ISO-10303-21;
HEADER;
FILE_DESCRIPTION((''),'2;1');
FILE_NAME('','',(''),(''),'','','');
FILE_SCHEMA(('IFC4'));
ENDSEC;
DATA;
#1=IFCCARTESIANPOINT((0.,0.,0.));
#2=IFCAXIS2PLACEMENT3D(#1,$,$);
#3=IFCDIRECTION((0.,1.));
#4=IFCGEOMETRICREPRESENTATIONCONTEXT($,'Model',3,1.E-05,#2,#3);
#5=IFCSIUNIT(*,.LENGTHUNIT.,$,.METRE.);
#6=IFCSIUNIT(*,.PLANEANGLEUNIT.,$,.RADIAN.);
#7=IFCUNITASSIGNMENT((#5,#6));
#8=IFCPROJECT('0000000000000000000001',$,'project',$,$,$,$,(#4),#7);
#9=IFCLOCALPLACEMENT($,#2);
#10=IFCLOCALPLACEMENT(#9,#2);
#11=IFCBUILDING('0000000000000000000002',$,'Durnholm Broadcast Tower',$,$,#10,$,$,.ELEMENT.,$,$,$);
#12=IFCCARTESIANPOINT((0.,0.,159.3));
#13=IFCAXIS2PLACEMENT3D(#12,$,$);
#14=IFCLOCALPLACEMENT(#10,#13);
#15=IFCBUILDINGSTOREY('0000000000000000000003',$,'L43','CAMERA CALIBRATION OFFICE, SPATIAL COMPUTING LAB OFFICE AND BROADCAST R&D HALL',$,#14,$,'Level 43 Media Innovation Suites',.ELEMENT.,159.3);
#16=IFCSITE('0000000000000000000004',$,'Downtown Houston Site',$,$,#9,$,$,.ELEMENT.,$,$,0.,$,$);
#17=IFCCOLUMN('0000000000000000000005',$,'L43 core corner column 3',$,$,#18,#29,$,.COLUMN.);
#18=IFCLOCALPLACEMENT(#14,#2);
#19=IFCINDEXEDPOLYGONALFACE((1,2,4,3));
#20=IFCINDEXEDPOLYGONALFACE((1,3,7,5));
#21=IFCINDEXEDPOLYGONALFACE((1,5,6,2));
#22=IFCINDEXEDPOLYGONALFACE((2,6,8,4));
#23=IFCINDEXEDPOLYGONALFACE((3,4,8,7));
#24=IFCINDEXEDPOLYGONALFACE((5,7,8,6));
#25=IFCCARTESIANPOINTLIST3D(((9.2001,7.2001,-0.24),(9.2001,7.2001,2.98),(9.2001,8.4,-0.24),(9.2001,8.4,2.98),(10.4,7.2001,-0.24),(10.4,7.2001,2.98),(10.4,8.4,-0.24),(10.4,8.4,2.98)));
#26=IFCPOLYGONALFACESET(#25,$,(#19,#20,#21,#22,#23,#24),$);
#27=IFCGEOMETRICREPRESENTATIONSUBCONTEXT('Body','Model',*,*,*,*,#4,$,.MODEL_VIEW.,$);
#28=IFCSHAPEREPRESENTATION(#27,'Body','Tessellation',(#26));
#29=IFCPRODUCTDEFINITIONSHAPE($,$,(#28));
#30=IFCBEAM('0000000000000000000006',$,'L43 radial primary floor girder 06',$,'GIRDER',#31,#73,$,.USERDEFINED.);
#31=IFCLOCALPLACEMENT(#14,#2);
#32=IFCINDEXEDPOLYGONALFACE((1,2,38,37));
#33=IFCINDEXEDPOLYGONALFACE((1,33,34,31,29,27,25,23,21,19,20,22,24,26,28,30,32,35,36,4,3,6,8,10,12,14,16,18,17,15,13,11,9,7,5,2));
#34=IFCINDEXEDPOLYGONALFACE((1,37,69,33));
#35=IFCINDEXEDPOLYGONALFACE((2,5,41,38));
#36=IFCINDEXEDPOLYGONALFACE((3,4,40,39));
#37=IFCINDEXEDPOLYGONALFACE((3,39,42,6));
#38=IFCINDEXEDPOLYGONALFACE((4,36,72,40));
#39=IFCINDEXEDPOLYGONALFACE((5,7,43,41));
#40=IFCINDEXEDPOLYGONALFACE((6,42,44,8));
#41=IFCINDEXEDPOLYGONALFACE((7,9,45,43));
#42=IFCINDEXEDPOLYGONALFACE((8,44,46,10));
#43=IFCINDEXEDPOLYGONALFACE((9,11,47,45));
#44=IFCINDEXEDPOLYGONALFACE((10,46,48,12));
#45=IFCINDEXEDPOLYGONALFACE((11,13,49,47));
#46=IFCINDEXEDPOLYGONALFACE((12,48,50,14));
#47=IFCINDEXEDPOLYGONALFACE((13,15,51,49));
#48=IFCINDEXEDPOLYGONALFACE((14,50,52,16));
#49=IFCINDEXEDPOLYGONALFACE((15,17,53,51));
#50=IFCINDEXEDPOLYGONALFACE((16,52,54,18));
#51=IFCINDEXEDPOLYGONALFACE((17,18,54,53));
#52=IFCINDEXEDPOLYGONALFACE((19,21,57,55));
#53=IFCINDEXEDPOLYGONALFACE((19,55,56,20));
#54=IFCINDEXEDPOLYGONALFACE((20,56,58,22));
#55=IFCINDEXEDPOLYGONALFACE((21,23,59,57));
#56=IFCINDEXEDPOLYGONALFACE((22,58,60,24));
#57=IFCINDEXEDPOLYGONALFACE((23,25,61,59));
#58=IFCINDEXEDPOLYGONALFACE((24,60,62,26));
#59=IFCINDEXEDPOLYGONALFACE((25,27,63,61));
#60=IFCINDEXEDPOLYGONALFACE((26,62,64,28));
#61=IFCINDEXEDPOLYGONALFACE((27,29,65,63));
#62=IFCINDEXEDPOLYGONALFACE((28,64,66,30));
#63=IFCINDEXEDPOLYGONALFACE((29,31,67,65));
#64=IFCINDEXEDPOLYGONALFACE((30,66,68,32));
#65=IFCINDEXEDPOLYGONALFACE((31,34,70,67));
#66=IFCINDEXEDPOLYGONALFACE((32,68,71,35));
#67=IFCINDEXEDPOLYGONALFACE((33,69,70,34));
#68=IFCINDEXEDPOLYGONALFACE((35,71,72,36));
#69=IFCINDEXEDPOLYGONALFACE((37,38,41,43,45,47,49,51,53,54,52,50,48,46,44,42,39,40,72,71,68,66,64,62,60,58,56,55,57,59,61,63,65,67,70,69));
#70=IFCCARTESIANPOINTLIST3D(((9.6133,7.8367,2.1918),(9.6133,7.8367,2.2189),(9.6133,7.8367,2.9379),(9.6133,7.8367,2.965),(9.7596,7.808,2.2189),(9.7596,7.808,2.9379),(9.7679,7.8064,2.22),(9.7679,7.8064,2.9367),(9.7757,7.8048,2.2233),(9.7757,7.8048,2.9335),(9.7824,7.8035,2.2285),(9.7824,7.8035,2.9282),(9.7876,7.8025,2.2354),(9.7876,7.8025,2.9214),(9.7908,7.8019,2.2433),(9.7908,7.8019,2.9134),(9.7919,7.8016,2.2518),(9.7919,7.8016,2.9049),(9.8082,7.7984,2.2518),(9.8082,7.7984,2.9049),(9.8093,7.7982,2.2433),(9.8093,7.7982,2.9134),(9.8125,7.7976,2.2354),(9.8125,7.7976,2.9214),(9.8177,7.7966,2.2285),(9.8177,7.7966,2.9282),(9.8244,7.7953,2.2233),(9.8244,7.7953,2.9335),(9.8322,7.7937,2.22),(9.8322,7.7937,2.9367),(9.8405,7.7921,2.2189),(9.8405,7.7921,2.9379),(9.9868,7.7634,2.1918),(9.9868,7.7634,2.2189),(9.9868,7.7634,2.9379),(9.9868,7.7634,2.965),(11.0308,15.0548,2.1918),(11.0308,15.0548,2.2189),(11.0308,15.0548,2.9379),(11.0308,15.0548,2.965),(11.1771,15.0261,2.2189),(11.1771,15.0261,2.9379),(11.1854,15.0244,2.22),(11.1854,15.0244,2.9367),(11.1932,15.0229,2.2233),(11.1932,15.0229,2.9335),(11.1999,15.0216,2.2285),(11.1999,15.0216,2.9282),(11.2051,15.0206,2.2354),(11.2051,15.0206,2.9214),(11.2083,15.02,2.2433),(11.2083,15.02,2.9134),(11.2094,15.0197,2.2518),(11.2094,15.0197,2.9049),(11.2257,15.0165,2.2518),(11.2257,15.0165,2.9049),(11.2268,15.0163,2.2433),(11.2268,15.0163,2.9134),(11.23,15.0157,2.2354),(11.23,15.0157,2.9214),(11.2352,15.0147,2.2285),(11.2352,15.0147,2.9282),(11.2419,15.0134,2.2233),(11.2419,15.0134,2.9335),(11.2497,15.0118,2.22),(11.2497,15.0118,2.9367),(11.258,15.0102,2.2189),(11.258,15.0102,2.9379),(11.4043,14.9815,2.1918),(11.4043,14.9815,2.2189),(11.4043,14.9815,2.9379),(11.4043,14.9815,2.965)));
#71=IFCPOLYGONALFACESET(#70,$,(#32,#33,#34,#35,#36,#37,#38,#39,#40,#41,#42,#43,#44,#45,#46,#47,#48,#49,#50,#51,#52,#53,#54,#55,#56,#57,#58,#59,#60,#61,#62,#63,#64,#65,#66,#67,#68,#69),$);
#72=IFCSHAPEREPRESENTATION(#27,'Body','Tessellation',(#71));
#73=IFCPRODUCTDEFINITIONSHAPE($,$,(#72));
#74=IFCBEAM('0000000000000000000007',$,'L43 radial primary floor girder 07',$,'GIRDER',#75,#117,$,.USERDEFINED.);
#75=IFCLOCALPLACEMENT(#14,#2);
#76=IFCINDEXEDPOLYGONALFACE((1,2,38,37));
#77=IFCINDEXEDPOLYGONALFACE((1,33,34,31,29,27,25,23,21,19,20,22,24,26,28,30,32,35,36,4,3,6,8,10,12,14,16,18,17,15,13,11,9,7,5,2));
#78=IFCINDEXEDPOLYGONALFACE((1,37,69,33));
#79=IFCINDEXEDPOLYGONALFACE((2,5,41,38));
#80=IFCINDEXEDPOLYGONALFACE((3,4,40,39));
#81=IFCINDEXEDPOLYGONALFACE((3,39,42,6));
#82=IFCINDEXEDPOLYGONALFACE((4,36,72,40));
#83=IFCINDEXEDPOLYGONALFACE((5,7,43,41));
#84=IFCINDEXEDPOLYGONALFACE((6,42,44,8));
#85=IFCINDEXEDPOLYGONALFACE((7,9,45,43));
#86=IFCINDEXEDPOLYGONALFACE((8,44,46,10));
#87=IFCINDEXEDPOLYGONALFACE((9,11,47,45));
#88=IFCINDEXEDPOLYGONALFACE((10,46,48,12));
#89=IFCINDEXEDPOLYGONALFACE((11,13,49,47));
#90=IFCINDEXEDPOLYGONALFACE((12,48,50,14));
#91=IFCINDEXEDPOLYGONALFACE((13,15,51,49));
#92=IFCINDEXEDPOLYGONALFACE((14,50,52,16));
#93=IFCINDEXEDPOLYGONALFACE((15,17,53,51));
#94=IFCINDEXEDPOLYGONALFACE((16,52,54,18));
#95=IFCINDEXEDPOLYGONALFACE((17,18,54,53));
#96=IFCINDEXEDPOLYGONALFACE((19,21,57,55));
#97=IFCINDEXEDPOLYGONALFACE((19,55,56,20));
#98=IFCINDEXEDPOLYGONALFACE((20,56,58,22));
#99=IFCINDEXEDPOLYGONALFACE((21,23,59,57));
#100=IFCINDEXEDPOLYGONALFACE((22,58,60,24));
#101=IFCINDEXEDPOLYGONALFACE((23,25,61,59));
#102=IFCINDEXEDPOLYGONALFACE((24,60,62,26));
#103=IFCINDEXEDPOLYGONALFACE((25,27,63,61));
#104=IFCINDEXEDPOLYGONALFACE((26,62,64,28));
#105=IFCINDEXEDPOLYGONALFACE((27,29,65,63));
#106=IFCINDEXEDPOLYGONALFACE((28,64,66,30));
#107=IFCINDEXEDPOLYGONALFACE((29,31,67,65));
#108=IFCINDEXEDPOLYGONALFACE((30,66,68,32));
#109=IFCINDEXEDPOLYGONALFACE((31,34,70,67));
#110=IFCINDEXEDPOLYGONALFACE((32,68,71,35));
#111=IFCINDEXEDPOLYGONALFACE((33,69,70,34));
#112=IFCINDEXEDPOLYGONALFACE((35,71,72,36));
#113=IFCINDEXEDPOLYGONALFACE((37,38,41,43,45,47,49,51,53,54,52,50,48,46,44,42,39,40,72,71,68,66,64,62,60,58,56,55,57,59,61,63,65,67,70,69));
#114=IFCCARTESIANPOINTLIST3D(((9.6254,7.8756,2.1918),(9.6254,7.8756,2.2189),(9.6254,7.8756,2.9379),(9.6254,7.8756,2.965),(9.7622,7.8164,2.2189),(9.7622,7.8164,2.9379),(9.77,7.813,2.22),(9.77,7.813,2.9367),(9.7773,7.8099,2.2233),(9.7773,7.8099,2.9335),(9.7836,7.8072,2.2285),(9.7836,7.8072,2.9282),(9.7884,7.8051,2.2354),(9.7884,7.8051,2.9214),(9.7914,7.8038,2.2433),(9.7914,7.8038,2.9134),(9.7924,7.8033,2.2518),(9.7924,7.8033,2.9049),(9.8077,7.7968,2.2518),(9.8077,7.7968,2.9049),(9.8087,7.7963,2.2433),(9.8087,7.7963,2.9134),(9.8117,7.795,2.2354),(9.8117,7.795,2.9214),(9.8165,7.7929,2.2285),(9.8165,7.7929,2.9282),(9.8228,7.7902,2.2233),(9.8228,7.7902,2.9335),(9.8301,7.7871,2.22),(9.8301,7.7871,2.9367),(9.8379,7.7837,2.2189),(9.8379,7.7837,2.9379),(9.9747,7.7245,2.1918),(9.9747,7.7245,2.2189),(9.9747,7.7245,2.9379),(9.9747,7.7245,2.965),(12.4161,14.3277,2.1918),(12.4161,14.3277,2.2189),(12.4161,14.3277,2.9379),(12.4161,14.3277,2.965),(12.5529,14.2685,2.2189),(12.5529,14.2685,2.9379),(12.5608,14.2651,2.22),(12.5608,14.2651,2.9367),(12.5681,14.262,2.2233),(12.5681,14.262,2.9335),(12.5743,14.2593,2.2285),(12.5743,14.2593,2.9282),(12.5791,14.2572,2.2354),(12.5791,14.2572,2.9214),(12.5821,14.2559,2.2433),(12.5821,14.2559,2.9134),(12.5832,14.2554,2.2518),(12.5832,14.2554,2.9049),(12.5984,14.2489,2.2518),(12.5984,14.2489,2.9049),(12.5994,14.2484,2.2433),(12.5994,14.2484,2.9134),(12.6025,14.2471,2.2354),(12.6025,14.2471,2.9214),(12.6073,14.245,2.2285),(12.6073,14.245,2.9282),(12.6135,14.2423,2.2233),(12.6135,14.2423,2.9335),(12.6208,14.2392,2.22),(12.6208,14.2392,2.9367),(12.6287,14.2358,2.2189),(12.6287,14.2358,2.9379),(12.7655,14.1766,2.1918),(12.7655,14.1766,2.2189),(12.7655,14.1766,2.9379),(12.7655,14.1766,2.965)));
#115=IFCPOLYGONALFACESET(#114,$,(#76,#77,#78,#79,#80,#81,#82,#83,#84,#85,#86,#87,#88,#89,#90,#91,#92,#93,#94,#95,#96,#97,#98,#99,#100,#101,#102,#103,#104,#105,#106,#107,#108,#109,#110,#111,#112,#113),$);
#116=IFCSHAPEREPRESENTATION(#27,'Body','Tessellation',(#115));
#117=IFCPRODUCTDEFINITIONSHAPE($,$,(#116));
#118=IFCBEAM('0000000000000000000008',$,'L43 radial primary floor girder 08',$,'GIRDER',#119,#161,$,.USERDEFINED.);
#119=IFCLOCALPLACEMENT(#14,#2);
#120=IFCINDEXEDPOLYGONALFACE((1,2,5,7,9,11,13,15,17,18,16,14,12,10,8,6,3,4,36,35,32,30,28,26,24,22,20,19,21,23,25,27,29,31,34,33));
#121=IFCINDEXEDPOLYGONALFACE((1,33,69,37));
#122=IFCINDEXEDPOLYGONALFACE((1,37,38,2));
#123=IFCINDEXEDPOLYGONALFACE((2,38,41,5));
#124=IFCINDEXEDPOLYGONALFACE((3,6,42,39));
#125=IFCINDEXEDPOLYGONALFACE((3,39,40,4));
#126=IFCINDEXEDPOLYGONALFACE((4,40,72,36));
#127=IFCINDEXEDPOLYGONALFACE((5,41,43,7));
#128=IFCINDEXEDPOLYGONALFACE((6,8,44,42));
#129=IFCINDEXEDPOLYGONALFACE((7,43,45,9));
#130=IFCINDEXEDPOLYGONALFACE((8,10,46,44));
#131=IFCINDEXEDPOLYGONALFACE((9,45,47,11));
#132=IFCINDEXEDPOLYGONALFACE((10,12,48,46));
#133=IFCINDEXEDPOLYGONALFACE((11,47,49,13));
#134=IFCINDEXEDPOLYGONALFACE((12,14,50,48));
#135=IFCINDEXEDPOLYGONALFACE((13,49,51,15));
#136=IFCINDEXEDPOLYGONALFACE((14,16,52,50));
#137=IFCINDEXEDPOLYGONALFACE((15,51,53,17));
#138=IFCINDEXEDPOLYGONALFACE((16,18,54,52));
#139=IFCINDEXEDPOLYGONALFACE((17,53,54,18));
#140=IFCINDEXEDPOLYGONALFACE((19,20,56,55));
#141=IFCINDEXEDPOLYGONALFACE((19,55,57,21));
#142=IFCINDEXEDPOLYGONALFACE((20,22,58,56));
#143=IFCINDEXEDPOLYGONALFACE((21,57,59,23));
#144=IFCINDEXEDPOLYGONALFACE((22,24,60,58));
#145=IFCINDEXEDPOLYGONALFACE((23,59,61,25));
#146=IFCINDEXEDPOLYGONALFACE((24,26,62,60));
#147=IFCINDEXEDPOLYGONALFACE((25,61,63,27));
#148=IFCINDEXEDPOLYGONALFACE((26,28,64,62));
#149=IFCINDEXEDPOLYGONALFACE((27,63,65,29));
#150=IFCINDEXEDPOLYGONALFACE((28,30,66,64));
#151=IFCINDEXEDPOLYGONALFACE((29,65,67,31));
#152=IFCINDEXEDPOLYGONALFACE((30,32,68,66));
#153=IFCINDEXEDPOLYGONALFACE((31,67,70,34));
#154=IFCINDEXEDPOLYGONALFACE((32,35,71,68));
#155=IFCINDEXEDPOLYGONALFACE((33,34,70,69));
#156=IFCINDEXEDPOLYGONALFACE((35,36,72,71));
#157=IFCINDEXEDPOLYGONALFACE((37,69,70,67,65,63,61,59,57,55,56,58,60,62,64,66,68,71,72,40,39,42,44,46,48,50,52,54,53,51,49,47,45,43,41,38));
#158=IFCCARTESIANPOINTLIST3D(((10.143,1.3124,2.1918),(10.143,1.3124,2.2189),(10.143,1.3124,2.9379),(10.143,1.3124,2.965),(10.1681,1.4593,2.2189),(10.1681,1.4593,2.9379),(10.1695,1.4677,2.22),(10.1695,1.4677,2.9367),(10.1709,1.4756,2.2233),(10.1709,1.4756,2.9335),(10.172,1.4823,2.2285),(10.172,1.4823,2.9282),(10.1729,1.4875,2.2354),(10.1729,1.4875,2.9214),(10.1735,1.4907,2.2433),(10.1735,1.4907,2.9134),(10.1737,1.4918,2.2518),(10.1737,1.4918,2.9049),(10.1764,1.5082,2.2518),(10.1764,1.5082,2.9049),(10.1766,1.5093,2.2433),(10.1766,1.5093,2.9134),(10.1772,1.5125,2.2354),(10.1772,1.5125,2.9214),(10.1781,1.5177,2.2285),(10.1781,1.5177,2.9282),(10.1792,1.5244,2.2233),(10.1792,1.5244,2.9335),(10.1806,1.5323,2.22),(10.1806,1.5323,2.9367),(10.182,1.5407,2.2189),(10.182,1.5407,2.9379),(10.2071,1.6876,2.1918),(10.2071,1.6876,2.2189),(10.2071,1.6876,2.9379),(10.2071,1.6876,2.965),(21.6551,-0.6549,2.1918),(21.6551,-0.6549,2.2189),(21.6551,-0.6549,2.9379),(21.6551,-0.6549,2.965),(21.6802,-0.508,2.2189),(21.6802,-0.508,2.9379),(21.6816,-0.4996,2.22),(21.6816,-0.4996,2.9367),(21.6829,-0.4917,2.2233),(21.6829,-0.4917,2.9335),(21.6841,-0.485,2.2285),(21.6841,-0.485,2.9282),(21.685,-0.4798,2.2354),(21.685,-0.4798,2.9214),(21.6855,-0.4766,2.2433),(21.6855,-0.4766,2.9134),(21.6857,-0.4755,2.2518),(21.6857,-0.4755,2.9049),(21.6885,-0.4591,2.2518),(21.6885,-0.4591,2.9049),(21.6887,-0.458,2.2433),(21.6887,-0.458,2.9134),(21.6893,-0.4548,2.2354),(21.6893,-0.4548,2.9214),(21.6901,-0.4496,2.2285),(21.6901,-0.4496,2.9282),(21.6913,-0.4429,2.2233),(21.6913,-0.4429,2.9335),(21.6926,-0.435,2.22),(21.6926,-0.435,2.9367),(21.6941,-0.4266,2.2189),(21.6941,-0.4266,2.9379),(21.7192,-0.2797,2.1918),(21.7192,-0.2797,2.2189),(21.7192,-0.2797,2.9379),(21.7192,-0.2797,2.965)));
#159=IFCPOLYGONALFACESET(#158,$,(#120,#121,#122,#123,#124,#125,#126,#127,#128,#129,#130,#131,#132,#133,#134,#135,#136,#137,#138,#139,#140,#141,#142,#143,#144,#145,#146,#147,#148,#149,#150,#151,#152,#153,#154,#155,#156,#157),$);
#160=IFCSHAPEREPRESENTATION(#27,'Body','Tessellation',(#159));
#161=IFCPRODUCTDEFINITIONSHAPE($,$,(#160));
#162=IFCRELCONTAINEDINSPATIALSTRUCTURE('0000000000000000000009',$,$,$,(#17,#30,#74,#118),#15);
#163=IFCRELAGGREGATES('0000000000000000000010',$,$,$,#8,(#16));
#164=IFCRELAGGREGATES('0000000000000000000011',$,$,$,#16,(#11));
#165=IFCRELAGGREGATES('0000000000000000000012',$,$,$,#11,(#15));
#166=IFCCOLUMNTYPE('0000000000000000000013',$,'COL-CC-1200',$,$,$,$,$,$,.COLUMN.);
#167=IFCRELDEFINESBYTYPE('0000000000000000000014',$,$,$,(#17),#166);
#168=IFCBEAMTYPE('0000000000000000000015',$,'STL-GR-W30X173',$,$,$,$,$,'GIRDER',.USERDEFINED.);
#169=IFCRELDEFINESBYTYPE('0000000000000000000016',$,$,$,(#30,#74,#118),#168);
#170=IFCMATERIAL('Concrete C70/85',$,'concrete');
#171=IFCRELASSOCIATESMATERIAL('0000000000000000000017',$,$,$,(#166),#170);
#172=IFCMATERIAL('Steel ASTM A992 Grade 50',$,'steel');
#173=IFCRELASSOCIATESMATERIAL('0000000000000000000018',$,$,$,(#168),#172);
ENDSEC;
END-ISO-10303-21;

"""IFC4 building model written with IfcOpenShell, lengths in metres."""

from ifc_helpers import new_model, si_unit, direction, frame, origin, origin_2d, place, context, subcontext, project, spatial, rectangle, i_section, extrude, source, transform, mapped, material, material_profile, profile_set, type_object, type_shapes, element, save


model = new_model("IFC4")

# Units and contexts
model_context = context("Model", 3, precision=1e-05, world=origin(), true_north=direction((0.0, 1.0)))
body_context = subcontext(model_context, "Body", "Model", "MODEL_VIEW")
ifc_project = project(units=[si_unit("LENGTHUNIT", "METRE"), si_unit("PLANEANGLEUNIT", "RADIAN")], contexts=[model_context])

# Site, building, storey
site_placement = place(None, origin())
site = spatial("IfcSite", under=ifc_project, at=site_placement, Name="Downtown Houston Site", CompositionType="ELEMENT", RefElevation=0.0)
building_placement = place(site_placement, origin())
building = spatial("IfcBuilding", under=site, at=building_placement, Name="Durnholm Broadcast Tower", CompositionType="ELEMENT")
storey_placement = place(building_placement, frame((0.0, 0.0, 159.3)))
storey = spatial("IfcBuildingStorey", under=building, at=storey_placement, Name="L43", Description="CAMERA CALIBRATION OFFICE, SPATIAL COMPUTING LAB OFFICE AND BROADCAST R&D HALL", LongName="Level 43 Media Innovation Suites", CompositionType="ELEMENT", Elevation=159.3)

# Column
ifc_material_1 = material(Name="Concrete C70/85", Category="concrete")
ifc_material_profile_1 = material_profile(ifc_material_1, rectangle(XDim=1.2, YDim=1.2, at=origin_2d()), Name="RC1200X1200")
ifc_profile_set_1 = profile_set([ifc_material_profile_1], Name="Concrete C70/85")
column_type = type_object("IfcColumnType", Name="COL-CC-1200", PredefinedType="COLUMN", material=ifc_profile_set_1)
shared_shape_1 = source(origin(), body_context, "Body", "SweptSolid", [
    extrude(rectangle(XDim=1.2, YDim=1.2, at=origin_2d()), origin(), (0.0, 0.0, 1.0), 3.22),
])
type_shapes(column_type, [shared_shape_1])
column_placement = place(storey_placement, frame((9.8, 7.8, -0.24), z_axis=(0.0, 0.0, 1.0), x_axis=(1.0, 0.0, 0.0)))
element("IfcColumn", 1, at=column_placement, inside=storey, type_object=column_type, Name="L43 core corner column 3", PredefinedType="COLUMN", context=body_context, shape_type="MappedRepresentation", body=[
    mapped(shared_shape_1, transform((0.0, 0.0, 0.0), x_axis=(1.0, 0.0, 0.0), y_axis=(0.0, 1.0, 0.0), z_axis=(0.0, 0.0, 1.0), scale=1.0)),
])

# Beams
ifc_material_2 = material(Name="Steel ASTM A992 Grade 50", Category="steel")
ifc_material_profile_2 = material_profile(ifc_material_2, i_section(OverallWidth=0.3806, OverallDepth=0.7732, WebThickness=0.0166, FlangeThickness=0.0271, FilletRadius=0.033, at=origin_2d()), Name="W30X173")
ifc_profile_set_2 = profile_set([ifc_material_profile_2], Name="Steel ASTM A992 Grade 50")
beam_type = type_object("IfcBeamType", Name="STL-GR-W30X173", ElementType="GIRDER", PredefinedType="USERDEFINED", material=ifc_profile_set_2)
shared_shape_2 = source(origin(), body_context, "Body", "SweptSolid", [
    extrude(i_section(OverallWidth=0.3806, OverallDepth=0.7732, WebThickness=0.0166, FlangeThickness=0.0271, FilletRadius=0.033, at=origin_2d()), origin(), (0.0, 0.0, 1.0), 7.356),
])
beam_1_placement = place(storey_placement, frame((9.8, 7.8, 2.5784), z_axis=(0.1927, 0.981258, 0.0), x_axis=(-0.981258, 0.1927, 0.0)))
element("IfcBeam", 2, at=beam_1_placement, inside=storey, type_object=beam_type, Name="L43 radial primary floor girder 06", ObjectType="GIRDER", PredefinedType="USERDEFINED", context=body_context, shape_type="MappedRepresentation", body=[
    mapped(shared_shape_2, transform((0.0, 0.0, 0.0), x_axis=(1.0, 0.0, 0.0), y_axis=(0.0, 1.0, 0.0), z_axis=(0.0, 0.0, 1.0), scale=1.0)),
])
shared_shape_3 = source(origin(), body_context, "Body", "SweptSolid", [
    extrude(i_section(OverallWidth=0.3806, OverallDepth=0.7732, WebThickness=0.0166, FlangeThickness=0.0271, FilletRadius=0.033, at=origin_2d()), origin(), (0.0, 0.0, 1.0), 7.0298),
])
beam_2_placement = place(storey_placement, frame((9.8, 7.8, 2.5784), z_axis=(0.396989, 0.917823, 0.0), x_axis=(-0.917823, 0.396989, 0.0)))
element("IfcBeam", 3, at=beam_2_placement, inside=storey, type_object=beam_type, Name="L43 radial primary floor girder 07", ObjectType="GIRDER", PredefinedType="USERDEFINED", context=body_context, shape_type="MappedRepresentation", body=[
    mapped(shared_shape_3, transform((0.0, 0.0, 0.0), x_axis=(1.0, 0.0, 0.0), y_axis=(0.0, 1.0, 0.0), z_axis=(0.0, 0.0, 1.0), scale=1.0)),
])
shared_shape_4 = source(origin(), body_context, "Body", "SweptSolid", [
    extrude(i_section(OverallWidth=0.3806, OverallDepth=0.7732, WebThickness=0.0166, FlangeThickness=0.0271, FilletRadius=0.033, at=origin_2d()), origin(), (0.0, 0.0, 1.0), 11.679),
])
beam_3_placement = place(storey_placement, frame((10.175, 1.5, 2.5784), z_axis=(0.98571, -0.168449, 0.0), x_axis=(0.168449, 0.98571, 0.0)))
element("IfcBeam", 4, at=beam_3_placement, inside=storey, type_object=beam_type, Name="L43 radial primary floor girder 08", ObjectType="GIRDER", PredefinedType="USERDEFINED", context=body_context, shape_type="MappedRepresentation", body=[
    mapped(shared_shape_4, transform((0.0, 0.0, 0.0), x_axis=(1.0, 0.0, 0.0), y_axis=(0.0, 1.0, 0.0), z_axis=(0.0, 0.0, 1.0), scale=1.0)),
])

save(model, "model.ifc")
